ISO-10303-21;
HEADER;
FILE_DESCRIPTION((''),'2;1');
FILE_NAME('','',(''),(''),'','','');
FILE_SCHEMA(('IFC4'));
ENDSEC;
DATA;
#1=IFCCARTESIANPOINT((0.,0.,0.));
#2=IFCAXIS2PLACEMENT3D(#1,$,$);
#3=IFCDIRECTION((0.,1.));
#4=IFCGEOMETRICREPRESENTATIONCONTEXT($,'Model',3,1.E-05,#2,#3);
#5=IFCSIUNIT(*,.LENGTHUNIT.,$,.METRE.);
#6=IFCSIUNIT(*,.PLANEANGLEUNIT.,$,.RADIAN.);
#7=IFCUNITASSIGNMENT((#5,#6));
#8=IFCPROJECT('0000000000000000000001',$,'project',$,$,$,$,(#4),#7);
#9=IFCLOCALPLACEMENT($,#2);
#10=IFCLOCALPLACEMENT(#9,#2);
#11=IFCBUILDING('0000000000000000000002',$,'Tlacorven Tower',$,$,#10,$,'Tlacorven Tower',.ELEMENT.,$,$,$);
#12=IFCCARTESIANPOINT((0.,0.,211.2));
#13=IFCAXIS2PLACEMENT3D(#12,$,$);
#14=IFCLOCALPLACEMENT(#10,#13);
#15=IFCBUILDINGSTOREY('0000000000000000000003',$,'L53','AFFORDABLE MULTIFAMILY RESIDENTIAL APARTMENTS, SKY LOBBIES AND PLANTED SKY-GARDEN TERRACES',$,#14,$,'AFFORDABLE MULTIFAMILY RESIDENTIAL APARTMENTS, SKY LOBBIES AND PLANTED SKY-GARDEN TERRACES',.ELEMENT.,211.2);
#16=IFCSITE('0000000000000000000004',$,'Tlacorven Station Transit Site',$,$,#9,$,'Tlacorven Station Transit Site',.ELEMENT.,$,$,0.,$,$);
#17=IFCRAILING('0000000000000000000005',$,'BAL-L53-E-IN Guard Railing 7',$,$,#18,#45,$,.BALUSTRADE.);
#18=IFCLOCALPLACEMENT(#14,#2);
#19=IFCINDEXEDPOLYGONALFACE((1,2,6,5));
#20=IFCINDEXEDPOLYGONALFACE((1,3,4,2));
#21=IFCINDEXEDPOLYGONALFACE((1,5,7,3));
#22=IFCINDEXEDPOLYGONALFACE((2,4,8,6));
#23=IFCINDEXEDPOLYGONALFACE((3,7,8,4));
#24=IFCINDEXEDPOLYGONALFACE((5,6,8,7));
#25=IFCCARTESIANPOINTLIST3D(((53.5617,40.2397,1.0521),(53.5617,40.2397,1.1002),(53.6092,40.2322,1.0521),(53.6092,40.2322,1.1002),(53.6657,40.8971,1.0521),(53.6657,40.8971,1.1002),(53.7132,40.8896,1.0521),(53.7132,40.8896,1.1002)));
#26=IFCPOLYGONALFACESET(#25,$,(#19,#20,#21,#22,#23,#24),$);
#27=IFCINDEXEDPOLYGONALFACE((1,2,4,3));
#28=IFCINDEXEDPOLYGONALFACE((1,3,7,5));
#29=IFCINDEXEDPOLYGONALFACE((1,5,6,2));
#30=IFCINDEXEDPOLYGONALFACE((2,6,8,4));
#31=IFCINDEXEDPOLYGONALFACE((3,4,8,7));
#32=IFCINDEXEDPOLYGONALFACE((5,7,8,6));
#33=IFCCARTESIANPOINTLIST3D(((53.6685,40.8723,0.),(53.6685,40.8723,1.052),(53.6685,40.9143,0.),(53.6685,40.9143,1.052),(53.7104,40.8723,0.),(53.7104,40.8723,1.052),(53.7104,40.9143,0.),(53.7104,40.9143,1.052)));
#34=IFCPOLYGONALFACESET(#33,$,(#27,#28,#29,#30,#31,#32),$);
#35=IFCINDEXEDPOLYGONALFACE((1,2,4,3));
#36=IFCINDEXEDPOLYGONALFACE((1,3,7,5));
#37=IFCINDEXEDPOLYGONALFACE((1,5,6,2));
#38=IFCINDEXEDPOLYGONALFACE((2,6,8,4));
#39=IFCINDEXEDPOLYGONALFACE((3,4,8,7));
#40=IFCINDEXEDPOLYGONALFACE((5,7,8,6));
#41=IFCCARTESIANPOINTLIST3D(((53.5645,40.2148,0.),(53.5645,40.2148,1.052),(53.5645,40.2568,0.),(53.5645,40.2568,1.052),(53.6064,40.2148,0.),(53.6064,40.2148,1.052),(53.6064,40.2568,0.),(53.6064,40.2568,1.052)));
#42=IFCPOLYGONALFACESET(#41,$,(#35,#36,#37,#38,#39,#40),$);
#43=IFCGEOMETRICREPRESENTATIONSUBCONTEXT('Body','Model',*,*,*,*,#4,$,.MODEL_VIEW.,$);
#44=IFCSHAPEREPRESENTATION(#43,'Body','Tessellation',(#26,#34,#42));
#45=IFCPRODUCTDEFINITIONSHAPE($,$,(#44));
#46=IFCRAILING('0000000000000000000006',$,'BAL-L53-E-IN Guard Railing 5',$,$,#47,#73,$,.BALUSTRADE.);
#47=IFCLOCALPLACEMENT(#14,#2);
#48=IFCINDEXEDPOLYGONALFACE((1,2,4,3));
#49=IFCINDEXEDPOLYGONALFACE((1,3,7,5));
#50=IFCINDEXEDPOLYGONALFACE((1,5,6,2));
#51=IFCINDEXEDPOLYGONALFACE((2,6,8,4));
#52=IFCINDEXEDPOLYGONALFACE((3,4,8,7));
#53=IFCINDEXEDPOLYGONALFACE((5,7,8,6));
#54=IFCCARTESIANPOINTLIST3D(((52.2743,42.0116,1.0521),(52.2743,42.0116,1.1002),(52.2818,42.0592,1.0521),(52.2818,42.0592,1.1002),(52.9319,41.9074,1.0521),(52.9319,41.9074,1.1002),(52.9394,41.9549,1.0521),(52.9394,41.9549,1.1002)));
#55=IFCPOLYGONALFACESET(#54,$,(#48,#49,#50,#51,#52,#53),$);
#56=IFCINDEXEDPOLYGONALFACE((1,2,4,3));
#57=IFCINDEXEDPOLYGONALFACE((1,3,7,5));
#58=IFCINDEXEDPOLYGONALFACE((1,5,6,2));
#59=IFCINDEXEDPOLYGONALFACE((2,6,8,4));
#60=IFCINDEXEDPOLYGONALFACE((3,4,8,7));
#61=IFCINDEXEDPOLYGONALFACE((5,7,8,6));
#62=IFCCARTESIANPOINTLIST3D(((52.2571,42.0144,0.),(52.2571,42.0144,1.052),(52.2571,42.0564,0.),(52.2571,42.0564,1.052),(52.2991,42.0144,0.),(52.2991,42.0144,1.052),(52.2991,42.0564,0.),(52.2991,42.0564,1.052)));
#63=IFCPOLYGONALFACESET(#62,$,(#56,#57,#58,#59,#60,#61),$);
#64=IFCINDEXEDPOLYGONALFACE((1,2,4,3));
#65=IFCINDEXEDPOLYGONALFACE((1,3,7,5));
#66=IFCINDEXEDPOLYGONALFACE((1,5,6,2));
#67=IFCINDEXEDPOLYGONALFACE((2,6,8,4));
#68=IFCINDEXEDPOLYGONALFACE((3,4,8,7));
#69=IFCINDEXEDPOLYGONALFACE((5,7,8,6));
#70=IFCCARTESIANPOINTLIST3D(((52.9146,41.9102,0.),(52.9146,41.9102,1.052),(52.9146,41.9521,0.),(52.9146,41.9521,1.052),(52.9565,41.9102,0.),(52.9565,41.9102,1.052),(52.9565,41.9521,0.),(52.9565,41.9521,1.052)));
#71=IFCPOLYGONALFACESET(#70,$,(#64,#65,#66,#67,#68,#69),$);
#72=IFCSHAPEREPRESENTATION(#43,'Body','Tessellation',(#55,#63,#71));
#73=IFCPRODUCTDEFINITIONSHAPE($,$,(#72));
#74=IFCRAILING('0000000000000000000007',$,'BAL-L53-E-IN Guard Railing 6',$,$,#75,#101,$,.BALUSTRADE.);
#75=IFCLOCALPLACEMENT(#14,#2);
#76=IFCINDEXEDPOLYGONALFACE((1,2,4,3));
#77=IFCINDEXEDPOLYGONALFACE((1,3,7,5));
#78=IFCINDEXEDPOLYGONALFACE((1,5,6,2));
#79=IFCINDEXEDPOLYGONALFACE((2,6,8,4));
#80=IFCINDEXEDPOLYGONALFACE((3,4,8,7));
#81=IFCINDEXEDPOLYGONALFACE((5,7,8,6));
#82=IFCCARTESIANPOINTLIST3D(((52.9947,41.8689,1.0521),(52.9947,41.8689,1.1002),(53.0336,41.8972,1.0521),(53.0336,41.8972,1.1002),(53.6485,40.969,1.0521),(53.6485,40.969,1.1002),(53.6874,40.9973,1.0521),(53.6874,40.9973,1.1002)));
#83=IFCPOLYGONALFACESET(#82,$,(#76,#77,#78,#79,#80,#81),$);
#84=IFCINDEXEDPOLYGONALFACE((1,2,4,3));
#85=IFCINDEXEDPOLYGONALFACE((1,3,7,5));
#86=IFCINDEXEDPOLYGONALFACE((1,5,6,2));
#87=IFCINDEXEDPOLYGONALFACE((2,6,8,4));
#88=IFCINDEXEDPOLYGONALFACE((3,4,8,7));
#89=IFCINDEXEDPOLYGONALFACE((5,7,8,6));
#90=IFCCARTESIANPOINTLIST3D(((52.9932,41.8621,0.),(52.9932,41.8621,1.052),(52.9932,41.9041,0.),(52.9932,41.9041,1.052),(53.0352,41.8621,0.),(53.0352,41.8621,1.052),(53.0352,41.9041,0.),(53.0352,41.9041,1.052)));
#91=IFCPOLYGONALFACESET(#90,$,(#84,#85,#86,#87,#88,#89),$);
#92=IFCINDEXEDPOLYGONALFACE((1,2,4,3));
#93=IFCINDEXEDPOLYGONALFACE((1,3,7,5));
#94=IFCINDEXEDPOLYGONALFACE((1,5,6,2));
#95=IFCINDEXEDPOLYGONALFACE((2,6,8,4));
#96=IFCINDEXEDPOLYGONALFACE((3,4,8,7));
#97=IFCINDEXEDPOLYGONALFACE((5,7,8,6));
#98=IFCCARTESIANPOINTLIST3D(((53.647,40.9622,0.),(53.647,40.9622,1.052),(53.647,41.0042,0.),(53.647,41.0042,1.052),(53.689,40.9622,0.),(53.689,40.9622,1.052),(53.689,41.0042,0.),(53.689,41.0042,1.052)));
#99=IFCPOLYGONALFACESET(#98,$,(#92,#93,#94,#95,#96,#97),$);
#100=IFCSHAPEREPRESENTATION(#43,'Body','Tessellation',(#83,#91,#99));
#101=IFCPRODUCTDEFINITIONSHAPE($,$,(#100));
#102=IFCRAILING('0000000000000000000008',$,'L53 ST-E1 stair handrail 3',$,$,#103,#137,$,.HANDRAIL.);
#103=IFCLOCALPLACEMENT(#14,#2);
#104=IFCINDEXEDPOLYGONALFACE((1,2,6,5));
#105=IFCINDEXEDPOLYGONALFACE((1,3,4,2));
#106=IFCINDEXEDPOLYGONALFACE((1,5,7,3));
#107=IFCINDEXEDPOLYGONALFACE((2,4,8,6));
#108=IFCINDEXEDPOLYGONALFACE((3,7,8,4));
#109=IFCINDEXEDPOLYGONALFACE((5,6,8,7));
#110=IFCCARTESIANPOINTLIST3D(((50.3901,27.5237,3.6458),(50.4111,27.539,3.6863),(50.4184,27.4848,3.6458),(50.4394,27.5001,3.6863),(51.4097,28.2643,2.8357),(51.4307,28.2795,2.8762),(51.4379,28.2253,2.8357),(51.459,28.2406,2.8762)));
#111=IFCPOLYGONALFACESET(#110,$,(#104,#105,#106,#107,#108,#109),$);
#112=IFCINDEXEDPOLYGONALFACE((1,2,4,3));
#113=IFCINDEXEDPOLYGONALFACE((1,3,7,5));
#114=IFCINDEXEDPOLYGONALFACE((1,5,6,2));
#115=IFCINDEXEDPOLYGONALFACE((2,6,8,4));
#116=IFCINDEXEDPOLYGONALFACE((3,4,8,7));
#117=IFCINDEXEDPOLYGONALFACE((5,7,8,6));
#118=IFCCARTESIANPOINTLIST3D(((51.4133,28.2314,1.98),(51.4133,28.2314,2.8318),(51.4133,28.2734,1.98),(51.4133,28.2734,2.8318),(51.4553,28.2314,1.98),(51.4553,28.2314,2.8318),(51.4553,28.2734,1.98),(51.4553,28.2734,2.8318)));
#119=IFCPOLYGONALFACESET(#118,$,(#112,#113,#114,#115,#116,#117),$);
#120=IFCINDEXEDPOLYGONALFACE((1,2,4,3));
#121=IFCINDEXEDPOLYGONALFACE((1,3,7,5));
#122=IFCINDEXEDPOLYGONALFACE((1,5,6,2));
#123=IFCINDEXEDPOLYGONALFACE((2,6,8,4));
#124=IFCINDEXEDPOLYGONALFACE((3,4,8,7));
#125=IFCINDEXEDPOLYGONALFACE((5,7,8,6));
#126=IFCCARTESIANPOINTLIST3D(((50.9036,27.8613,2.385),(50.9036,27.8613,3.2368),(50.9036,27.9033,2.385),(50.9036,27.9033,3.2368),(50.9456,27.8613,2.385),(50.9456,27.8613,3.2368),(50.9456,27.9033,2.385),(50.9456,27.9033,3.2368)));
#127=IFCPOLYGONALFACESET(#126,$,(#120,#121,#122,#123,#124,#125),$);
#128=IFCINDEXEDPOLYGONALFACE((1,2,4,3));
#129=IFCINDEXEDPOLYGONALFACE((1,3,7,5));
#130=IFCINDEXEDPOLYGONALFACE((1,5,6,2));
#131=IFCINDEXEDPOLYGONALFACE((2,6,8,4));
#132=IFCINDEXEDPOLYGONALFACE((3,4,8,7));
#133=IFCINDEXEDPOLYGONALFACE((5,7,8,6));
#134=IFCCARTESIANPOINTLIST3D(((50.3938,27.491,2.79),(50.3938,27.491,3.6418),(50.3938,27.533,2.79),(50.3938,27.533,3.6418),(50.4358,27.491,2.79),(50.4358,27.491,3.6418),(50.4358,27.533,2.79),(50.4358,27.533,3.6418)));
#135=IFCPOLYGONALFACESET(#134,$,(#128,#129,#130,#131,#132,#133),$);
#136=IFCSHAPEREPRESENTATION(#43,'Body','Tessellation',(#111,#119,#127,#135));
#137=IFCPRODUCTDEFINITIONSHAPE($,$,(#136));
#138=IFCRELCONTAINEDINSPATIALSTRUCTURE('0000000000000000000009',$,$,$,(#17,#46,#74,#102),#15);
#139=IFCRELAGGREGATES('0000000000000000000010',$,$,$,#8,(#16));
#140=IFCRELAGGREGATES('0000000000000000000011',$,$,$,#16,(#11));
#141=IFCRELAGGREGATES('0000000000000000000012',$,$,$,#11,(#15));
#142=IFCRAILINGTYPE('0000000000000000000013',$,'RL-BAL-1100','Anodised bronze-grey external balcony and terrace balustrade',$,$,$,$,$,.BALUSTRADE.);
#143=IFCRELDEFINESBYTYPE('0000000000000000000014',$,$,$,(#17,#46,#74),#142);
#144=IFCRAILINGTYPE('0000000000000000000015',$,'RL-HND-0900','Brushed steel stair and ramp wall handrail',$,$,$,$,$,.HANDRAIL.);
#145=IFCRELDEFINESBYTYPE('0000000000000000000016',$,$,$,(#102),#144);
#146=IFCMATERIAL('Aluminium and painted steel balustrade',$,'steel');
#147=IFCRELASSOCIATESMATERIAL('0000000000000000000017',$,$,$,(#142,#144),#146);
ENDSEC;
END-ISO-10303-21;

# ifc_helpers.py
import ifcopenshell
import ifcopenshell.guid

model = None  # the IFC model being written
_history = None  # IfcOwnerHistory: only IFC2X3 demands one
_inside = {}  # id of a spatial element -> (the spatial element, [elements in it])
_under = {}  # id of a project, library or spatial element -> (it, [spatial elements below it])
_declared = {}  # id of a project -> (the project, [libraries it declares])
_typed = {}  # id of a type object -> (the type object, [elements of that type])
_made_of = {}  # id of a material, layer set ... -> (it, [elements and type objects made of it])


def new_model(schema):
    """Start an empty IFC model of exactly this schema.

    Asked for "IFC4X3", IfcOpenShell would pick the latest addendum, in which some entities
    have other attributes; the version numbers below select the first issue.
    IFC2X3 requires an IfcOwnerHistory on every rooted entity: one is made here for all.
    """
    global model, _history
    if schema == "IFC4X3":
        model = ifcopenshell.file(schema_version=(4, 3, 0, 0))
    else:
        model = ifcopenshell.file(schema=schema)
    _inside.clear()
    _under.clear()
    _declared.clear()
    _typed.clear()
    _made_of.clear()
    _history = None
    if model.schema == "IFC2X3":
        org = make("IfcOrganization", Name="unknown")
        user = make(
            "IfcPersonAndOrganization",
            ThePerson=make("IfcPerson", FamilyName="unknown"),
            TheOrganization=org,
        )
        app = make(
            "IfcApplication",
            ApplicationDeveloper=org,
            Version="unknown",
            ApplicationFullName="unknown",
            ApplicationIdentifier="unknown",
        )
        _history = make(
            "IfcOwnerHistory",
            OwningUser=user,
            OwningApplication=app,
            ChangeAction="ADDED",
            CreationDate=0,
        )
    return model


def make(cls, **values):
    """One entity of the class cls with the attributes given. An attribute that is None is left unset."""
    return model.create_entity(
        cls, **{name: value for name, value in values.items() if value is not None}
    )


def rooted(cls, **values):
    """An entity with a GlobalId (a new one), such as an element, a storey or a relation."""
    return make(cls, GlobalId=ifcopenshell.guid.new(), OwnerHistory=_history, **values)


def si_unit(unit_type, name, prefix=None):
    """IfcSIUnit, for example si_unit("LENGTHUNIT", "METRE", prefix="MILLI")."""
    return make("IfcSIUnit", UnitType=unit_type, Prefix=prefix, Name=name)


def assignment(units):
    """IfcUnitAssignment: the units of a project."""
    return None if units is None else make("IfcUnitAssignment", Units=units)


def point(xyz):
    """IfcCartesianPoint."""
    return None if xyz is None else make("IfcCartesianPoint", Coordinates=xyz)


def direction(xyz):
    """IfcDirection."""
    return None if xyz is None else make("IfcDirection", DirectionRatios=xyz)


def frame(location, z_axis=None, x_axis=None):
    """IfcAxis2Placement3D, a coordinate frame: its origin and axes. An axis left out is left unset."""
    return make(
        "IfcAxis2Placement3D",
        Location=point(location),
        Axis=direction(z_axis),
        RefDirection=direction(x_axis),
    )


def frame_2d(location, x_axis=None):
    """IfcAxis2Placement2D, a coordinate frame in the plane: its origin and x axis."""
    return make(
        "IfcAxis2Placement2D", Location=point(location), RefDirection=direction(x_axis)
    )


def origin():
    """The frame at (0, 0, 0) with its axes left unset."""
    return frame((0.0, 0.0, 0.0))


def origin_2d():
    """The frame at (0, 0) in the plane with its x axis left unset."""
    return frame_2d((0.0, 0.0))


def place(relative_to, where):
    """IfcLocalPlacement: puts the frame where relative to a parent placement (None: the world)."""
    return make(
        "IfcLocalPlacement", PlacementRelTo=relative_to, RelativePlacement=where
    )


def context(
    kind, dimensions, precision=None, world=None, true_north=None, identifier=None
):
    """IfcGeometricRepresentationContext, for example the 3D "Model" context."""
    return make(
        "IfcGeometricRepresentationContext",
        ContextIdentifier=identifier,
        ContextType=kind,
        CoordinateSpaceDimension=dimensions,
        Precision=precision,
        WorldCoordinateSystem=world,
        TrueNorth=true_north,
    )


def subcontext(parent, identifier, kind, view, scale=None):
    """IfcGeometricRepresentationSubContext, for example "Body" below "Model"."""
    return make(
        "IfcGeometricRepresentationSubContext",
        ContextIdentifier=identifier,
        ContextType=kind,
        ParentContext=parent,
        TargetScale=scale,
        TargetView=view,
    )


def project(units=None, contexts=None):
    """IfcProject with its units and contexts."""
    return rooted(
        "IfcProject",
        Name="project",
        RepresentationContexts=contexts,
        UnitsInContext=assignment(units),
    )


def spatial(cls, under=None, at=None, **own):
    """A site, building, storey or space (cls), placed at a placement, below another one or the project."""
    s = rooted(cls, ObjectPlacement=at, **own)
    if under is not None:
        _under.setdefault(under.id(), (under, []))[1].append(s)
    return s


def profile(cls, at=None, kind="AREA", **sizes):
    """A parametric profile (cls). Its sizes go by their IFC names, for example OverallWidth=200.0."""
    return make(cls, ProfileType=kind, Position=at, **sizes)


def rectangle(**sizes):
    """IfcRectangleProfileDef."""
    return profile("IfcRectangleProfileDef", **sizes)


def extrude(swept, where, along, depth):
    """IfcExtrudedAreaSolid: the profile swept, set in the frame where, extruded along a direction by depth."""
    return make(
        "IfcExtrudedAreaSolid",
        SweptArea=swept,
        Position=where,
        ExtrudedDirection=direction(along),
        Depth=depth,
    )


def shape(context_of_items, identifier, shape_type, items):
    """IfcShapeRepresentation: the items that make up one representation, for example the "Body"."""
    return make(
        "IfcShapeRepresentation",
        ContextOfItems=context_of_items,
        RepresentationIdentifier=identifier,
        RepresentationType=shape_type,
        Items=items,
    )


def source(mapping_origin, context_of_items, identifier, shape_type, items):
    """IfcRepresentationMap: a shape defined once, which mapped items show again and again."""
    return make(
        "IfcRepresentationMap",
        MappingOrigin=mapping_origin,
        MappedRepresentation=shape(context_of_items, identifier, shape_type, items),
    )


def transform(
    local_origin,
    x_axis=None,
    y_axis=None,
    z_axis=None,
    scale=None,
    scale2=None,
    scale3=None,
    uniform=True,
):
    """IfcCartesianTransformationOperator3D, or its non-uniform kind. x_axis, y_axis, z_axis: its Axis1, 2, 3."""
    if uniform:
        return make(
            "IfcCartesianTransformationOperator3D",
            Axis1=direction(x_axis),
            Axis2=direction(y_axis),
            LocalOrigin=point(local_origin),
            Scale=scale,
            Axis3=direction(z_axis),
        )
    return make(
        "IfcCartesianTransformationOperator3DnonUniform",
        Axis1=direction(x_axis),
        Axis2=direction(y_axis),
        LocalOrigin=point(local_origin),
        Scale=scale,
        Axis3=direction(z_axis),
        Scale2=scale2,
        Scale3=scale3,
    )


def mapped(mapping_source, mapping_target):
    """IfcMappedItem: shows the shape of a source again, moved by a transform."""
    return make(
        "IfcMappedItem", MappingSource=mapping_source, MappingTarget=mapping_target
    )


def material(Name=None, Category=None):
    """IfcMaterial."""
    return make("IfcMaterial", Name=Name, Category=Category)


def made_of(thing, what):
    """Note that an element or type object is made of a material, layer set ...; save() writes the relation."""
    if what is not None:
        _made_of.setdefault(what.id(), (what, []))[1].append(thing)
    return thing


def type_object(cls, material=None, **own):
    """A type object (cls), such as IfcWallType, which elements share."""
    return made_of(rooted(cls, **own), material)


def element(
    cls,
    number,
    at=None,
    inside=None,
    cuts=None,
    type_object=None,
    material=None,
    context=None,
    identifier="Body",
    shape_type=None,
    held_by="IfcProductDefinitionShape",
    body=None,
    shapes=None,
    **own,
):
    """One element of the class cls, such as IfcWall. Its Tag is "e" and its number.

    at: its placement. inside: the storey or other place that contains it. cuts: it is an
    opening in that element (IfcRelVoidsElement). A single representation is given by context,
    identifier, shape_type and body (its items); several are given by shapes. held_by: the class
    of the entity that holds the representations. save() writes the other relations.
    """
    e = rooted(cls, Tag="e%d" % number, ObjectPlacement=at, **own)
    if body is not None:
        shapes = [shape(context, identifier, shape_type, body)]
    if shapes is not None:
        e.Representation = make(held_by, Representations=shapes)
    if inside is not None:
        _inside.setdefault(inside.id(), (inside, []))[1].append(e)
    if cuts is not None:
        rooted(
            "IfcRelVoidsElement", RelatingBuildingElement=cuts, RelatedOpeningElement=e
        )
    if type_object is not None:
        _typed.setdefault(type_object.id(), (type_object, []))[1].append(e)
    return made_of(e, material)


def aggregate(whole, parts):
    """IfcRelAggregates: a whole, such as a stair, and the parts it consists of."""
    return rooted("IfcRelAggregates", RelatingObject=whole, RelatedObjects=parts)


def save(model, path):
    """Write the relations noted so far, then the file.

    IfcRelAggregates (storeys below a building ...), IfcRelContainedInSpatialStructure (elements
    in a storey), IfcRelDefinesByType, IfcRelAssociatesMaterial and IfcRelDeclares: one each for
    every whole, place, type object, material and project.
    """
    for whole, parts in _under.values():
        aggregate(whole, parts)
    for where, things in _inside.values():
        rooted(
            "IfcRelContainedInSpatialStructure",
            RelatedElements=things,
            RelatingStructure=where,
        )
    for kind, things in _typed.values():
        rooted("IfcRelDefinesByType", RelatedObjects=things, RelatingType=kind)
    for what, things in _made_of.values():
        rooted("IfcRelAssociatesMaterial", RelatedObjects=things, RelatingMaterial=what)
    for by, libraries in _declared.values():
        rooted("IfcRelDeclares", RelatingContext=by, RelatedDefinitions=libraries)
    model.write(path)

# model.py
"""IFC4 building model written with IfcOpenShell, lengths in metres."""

from ifc_helpers import new_model, si_unit, direction, frame, origin, origin_2d, place, context, subcontext, project, spatial, rectangle, extrude, source, transform, mapped, material, type_object, element, save


model = new_model("IFC4")

# Units and contexts
model_context = context("Model", 3, precision=1e-05, world=origin(), true_north=direction((0.0, 1.0)))
body_context = subcontext(model_context, "Body", "Model", "MODEL_VIEW")
ifc_project = project(units=[si_unit("LENGTHUNIT", "METRE"), si_unit("PLANEANGLEUNIT", "RADIAN")], contexts=[model_context])

# Site, building, storey
site_placement = place(None, origin())
site = spatial("IfcSite", under=ifc_project, at=site_placement, Name="Tlacorven Station Transit Site", LongName="Tlacorven Station Transit Site", CompositionType="ELEMENT", RefElevation=0.0)
building_placement = place(site_placement, origin())
building = spatial("IfcBuilding", under=site, at=building_placement, Name="Tlacorven Tower", LongName="Tlacorven Tower", CompositionType="ELEMENT")
storey_placement = place(building_placement, frame((0.0, 0.0, 211.2)))
storey = spatial("IfcBuildingStorey", under=building, at=storey_placement, Name="L53", Description="AFFORDABLE MULTIFAMILY RESIDENTIAL APARTMENTS, SKY LOBBIES AND PLANTED SKY-GARDEN TERRACES", LongName="AFFORDABLE MULTIFAMILY RESIDENTIAL APARTMENTS, SKY LOBBIES AND PLANTED SKY-GARDEN TERRACES", CompositionType="ELEMENT", Elevation=211.2)

# Railings
ifc_material_1 = material(Name="Aluminium and painted steel balustrade", Category="steel")
railing_type_1 = type_object("IfcRailingType", Name="RL-BAL-1100", Description="Anodised bronze-grey external balcony and terrace balustrade", PredefinedType="BALUSTRADE", material=ifc_material_1)
shared_shape_1 = source(origin(), body_context, "Body", "SweptSolid", [
    extrude(rectangle(XDim=0.0481, YDim=0.0481, at=origin_2d()), frame((0.0, 0.0, 1.0762), z_axis=(-0.156245, -0.987718, 0.0), x_axis=(0.987718, -0.156245, 0.0)), (0.0, 0.0, 1.0), 0.6655),
    extrude(rectangle(XDim=0.042, YDim=0.042, at=origin_2d()), origin(), (0.0, 0.0, 1.0), 1.052),
    extrude(rectangle(XDim=0.042, YDim=0.042, at=origin_2d()), frame((-0.104, -0.6575, 0.0)), (0.0, 0.0, 1.0), 1.052),
])
railing_1_placement = place(storey_placement, frame((53.6895, 40.8933, 0.0)))
element("IfcRailing", 1, at=railing_1_placement, inside=storey, type_object=railing_type_1, Name="BAL-L53-E-IN Guard Railing 7", PredefinedType="BALUSTRADE", context=body_context, shape_type="MappedRepresentation", body=[
    mapped(shared_shape_1, transform((0.0, 0.0, 0.0), scale=1.0)),
])
shared_shape_2 = source(origin(), body_context, "Body", "SweptSolid", [
    extrude(rectangle(XDim=0.0481, YDim=0.0481, at=origin_2d()), frame((0.0, 0.0, 1.0762), z_axis=(0.987662, -0.156603, 0.0), x_axis=(0.156603, 0.987662, 0.0)), (0.0, 0.0, 1.0), 0.6658),
    extrude(rectangle(XDim=0.042, YDim=0.042, at=origin_2d()), origin(), (0.0, 0.0, 1.0), 1.052),
    extrude(rectangle(XDim=0.042, YDim=0.042, at=origin_2d()), frame((0.6575, -0.1042, 0.0)), (0.0, 0.0, 1.0), 1.052),
])
railing_2_placement = place(storey_placement, frame((52.2781, 42.0354, 0.0)))
element("IfcRailing", 2, at=railing_2_placement, inside=storey, type_object=railing_type_1, Name="BAL-L53-E-IN Guard Railing 5", PredefinedType="BALUSTRADE", context=body_context, shape_type="MappedRepresentation", body=[
    mapped(shared_shape_2, transform((0.0, 0.0, 0.0), scale=1.0)),
])
shared_shape_3 = source(origin(), body_context, "Body", "SweptSolid", [
    extrude(rectangle(XDim=0.0481, YDim=0.0481, at=origin_2d()), frame((0.0, 0.0, 1.0762), z_axis=(0.58778, -0.809021, 0.0), x_axis=(0.809021, 0.58778, 0.0)), (0.0, 0.0, 1.0), 1.1123),
    extrude(rectangle(XDim=0.042, YDim=0.042, at=origin_2d()), origin(), (0.0, 0.0, 1.0), 1.052),
    extrude(rectangle(XDim=0.042, YDim=0.042, at=origin_2d()), frame((0.6538, -0.8999, 0.0)), (0.0, 0.0, 1.0), 1.052),
])
railing_3_placement = place(storey_placement, frame((53.0142, 41.8831, 0.0)))
element("IfcRailing", 3, at=railing_3_placement, inside=storey, type_object=railing_type_1, Name="BAL-L53-E-IN Guard Railing 6", PredefinedType="BALUSTRADE", context=body_context, shape_type="MappedRepresentation", body=[
    mapped(shared_shape_3, transform((0.0, 0.0, 0.0), scale=1.0)),
])
railing_type_2 = type_object("IfcRailingType", Name="RL-HND-0900", Description="Brushed steel stair and ramp wall handrail", PredefinedType="HANDRAIL", material=ifc_material_1)
shared_shape_4 = source(origin(), body_context, "Body", "SweptSolid", [
    extrude(rectangle(XDim=0.0481, YDim=0.0481, at=origin_2d()), frame((0.0, 0.0, 0.876), z_axis=(-0.680604, -0.494318, 0.540767), x_axis=(0.587653, -0.809113, 0.0)), (0.0, 0.0, 1.0), 1.498),
    extrude(rectangle(XDim=0.042, YDim=0.042, at=origin_2d()), origin(), (0.0, 0.0, 1.0), 0.8518),
    extrude(rectangle(XDim=0.042, YDim=0.042, at=origin_2d()), frame((-0.5098, -0.3701, 0.405)), (0.0, 0.0, 1.0), 0.8518),
    extrude(rectangle(XDim=0.042, YDim=0.042, at=origin_2d()), frame((-1.0195, -0.7405, 0.8101)), (0.0, 0.0, 1.0), 0.8518),
])
railing_4_placement = place(storey_placement, frame((51.4343, 28.2524, 1.98)))
element("IfcRailing", 4, at=railing_4_placement, inside=storey, type_object=railing_type_2, Name="L53 ST-E1 stair handrail 3", PredefinedType="HANDRAIL", context=body_context, shape_type="MappedRepresentation", body=[
    mapped(shared_shape_4, transform((0.0, 0.0, 0.0), scale=1.0)),
])

save(model, "model.ifc")
